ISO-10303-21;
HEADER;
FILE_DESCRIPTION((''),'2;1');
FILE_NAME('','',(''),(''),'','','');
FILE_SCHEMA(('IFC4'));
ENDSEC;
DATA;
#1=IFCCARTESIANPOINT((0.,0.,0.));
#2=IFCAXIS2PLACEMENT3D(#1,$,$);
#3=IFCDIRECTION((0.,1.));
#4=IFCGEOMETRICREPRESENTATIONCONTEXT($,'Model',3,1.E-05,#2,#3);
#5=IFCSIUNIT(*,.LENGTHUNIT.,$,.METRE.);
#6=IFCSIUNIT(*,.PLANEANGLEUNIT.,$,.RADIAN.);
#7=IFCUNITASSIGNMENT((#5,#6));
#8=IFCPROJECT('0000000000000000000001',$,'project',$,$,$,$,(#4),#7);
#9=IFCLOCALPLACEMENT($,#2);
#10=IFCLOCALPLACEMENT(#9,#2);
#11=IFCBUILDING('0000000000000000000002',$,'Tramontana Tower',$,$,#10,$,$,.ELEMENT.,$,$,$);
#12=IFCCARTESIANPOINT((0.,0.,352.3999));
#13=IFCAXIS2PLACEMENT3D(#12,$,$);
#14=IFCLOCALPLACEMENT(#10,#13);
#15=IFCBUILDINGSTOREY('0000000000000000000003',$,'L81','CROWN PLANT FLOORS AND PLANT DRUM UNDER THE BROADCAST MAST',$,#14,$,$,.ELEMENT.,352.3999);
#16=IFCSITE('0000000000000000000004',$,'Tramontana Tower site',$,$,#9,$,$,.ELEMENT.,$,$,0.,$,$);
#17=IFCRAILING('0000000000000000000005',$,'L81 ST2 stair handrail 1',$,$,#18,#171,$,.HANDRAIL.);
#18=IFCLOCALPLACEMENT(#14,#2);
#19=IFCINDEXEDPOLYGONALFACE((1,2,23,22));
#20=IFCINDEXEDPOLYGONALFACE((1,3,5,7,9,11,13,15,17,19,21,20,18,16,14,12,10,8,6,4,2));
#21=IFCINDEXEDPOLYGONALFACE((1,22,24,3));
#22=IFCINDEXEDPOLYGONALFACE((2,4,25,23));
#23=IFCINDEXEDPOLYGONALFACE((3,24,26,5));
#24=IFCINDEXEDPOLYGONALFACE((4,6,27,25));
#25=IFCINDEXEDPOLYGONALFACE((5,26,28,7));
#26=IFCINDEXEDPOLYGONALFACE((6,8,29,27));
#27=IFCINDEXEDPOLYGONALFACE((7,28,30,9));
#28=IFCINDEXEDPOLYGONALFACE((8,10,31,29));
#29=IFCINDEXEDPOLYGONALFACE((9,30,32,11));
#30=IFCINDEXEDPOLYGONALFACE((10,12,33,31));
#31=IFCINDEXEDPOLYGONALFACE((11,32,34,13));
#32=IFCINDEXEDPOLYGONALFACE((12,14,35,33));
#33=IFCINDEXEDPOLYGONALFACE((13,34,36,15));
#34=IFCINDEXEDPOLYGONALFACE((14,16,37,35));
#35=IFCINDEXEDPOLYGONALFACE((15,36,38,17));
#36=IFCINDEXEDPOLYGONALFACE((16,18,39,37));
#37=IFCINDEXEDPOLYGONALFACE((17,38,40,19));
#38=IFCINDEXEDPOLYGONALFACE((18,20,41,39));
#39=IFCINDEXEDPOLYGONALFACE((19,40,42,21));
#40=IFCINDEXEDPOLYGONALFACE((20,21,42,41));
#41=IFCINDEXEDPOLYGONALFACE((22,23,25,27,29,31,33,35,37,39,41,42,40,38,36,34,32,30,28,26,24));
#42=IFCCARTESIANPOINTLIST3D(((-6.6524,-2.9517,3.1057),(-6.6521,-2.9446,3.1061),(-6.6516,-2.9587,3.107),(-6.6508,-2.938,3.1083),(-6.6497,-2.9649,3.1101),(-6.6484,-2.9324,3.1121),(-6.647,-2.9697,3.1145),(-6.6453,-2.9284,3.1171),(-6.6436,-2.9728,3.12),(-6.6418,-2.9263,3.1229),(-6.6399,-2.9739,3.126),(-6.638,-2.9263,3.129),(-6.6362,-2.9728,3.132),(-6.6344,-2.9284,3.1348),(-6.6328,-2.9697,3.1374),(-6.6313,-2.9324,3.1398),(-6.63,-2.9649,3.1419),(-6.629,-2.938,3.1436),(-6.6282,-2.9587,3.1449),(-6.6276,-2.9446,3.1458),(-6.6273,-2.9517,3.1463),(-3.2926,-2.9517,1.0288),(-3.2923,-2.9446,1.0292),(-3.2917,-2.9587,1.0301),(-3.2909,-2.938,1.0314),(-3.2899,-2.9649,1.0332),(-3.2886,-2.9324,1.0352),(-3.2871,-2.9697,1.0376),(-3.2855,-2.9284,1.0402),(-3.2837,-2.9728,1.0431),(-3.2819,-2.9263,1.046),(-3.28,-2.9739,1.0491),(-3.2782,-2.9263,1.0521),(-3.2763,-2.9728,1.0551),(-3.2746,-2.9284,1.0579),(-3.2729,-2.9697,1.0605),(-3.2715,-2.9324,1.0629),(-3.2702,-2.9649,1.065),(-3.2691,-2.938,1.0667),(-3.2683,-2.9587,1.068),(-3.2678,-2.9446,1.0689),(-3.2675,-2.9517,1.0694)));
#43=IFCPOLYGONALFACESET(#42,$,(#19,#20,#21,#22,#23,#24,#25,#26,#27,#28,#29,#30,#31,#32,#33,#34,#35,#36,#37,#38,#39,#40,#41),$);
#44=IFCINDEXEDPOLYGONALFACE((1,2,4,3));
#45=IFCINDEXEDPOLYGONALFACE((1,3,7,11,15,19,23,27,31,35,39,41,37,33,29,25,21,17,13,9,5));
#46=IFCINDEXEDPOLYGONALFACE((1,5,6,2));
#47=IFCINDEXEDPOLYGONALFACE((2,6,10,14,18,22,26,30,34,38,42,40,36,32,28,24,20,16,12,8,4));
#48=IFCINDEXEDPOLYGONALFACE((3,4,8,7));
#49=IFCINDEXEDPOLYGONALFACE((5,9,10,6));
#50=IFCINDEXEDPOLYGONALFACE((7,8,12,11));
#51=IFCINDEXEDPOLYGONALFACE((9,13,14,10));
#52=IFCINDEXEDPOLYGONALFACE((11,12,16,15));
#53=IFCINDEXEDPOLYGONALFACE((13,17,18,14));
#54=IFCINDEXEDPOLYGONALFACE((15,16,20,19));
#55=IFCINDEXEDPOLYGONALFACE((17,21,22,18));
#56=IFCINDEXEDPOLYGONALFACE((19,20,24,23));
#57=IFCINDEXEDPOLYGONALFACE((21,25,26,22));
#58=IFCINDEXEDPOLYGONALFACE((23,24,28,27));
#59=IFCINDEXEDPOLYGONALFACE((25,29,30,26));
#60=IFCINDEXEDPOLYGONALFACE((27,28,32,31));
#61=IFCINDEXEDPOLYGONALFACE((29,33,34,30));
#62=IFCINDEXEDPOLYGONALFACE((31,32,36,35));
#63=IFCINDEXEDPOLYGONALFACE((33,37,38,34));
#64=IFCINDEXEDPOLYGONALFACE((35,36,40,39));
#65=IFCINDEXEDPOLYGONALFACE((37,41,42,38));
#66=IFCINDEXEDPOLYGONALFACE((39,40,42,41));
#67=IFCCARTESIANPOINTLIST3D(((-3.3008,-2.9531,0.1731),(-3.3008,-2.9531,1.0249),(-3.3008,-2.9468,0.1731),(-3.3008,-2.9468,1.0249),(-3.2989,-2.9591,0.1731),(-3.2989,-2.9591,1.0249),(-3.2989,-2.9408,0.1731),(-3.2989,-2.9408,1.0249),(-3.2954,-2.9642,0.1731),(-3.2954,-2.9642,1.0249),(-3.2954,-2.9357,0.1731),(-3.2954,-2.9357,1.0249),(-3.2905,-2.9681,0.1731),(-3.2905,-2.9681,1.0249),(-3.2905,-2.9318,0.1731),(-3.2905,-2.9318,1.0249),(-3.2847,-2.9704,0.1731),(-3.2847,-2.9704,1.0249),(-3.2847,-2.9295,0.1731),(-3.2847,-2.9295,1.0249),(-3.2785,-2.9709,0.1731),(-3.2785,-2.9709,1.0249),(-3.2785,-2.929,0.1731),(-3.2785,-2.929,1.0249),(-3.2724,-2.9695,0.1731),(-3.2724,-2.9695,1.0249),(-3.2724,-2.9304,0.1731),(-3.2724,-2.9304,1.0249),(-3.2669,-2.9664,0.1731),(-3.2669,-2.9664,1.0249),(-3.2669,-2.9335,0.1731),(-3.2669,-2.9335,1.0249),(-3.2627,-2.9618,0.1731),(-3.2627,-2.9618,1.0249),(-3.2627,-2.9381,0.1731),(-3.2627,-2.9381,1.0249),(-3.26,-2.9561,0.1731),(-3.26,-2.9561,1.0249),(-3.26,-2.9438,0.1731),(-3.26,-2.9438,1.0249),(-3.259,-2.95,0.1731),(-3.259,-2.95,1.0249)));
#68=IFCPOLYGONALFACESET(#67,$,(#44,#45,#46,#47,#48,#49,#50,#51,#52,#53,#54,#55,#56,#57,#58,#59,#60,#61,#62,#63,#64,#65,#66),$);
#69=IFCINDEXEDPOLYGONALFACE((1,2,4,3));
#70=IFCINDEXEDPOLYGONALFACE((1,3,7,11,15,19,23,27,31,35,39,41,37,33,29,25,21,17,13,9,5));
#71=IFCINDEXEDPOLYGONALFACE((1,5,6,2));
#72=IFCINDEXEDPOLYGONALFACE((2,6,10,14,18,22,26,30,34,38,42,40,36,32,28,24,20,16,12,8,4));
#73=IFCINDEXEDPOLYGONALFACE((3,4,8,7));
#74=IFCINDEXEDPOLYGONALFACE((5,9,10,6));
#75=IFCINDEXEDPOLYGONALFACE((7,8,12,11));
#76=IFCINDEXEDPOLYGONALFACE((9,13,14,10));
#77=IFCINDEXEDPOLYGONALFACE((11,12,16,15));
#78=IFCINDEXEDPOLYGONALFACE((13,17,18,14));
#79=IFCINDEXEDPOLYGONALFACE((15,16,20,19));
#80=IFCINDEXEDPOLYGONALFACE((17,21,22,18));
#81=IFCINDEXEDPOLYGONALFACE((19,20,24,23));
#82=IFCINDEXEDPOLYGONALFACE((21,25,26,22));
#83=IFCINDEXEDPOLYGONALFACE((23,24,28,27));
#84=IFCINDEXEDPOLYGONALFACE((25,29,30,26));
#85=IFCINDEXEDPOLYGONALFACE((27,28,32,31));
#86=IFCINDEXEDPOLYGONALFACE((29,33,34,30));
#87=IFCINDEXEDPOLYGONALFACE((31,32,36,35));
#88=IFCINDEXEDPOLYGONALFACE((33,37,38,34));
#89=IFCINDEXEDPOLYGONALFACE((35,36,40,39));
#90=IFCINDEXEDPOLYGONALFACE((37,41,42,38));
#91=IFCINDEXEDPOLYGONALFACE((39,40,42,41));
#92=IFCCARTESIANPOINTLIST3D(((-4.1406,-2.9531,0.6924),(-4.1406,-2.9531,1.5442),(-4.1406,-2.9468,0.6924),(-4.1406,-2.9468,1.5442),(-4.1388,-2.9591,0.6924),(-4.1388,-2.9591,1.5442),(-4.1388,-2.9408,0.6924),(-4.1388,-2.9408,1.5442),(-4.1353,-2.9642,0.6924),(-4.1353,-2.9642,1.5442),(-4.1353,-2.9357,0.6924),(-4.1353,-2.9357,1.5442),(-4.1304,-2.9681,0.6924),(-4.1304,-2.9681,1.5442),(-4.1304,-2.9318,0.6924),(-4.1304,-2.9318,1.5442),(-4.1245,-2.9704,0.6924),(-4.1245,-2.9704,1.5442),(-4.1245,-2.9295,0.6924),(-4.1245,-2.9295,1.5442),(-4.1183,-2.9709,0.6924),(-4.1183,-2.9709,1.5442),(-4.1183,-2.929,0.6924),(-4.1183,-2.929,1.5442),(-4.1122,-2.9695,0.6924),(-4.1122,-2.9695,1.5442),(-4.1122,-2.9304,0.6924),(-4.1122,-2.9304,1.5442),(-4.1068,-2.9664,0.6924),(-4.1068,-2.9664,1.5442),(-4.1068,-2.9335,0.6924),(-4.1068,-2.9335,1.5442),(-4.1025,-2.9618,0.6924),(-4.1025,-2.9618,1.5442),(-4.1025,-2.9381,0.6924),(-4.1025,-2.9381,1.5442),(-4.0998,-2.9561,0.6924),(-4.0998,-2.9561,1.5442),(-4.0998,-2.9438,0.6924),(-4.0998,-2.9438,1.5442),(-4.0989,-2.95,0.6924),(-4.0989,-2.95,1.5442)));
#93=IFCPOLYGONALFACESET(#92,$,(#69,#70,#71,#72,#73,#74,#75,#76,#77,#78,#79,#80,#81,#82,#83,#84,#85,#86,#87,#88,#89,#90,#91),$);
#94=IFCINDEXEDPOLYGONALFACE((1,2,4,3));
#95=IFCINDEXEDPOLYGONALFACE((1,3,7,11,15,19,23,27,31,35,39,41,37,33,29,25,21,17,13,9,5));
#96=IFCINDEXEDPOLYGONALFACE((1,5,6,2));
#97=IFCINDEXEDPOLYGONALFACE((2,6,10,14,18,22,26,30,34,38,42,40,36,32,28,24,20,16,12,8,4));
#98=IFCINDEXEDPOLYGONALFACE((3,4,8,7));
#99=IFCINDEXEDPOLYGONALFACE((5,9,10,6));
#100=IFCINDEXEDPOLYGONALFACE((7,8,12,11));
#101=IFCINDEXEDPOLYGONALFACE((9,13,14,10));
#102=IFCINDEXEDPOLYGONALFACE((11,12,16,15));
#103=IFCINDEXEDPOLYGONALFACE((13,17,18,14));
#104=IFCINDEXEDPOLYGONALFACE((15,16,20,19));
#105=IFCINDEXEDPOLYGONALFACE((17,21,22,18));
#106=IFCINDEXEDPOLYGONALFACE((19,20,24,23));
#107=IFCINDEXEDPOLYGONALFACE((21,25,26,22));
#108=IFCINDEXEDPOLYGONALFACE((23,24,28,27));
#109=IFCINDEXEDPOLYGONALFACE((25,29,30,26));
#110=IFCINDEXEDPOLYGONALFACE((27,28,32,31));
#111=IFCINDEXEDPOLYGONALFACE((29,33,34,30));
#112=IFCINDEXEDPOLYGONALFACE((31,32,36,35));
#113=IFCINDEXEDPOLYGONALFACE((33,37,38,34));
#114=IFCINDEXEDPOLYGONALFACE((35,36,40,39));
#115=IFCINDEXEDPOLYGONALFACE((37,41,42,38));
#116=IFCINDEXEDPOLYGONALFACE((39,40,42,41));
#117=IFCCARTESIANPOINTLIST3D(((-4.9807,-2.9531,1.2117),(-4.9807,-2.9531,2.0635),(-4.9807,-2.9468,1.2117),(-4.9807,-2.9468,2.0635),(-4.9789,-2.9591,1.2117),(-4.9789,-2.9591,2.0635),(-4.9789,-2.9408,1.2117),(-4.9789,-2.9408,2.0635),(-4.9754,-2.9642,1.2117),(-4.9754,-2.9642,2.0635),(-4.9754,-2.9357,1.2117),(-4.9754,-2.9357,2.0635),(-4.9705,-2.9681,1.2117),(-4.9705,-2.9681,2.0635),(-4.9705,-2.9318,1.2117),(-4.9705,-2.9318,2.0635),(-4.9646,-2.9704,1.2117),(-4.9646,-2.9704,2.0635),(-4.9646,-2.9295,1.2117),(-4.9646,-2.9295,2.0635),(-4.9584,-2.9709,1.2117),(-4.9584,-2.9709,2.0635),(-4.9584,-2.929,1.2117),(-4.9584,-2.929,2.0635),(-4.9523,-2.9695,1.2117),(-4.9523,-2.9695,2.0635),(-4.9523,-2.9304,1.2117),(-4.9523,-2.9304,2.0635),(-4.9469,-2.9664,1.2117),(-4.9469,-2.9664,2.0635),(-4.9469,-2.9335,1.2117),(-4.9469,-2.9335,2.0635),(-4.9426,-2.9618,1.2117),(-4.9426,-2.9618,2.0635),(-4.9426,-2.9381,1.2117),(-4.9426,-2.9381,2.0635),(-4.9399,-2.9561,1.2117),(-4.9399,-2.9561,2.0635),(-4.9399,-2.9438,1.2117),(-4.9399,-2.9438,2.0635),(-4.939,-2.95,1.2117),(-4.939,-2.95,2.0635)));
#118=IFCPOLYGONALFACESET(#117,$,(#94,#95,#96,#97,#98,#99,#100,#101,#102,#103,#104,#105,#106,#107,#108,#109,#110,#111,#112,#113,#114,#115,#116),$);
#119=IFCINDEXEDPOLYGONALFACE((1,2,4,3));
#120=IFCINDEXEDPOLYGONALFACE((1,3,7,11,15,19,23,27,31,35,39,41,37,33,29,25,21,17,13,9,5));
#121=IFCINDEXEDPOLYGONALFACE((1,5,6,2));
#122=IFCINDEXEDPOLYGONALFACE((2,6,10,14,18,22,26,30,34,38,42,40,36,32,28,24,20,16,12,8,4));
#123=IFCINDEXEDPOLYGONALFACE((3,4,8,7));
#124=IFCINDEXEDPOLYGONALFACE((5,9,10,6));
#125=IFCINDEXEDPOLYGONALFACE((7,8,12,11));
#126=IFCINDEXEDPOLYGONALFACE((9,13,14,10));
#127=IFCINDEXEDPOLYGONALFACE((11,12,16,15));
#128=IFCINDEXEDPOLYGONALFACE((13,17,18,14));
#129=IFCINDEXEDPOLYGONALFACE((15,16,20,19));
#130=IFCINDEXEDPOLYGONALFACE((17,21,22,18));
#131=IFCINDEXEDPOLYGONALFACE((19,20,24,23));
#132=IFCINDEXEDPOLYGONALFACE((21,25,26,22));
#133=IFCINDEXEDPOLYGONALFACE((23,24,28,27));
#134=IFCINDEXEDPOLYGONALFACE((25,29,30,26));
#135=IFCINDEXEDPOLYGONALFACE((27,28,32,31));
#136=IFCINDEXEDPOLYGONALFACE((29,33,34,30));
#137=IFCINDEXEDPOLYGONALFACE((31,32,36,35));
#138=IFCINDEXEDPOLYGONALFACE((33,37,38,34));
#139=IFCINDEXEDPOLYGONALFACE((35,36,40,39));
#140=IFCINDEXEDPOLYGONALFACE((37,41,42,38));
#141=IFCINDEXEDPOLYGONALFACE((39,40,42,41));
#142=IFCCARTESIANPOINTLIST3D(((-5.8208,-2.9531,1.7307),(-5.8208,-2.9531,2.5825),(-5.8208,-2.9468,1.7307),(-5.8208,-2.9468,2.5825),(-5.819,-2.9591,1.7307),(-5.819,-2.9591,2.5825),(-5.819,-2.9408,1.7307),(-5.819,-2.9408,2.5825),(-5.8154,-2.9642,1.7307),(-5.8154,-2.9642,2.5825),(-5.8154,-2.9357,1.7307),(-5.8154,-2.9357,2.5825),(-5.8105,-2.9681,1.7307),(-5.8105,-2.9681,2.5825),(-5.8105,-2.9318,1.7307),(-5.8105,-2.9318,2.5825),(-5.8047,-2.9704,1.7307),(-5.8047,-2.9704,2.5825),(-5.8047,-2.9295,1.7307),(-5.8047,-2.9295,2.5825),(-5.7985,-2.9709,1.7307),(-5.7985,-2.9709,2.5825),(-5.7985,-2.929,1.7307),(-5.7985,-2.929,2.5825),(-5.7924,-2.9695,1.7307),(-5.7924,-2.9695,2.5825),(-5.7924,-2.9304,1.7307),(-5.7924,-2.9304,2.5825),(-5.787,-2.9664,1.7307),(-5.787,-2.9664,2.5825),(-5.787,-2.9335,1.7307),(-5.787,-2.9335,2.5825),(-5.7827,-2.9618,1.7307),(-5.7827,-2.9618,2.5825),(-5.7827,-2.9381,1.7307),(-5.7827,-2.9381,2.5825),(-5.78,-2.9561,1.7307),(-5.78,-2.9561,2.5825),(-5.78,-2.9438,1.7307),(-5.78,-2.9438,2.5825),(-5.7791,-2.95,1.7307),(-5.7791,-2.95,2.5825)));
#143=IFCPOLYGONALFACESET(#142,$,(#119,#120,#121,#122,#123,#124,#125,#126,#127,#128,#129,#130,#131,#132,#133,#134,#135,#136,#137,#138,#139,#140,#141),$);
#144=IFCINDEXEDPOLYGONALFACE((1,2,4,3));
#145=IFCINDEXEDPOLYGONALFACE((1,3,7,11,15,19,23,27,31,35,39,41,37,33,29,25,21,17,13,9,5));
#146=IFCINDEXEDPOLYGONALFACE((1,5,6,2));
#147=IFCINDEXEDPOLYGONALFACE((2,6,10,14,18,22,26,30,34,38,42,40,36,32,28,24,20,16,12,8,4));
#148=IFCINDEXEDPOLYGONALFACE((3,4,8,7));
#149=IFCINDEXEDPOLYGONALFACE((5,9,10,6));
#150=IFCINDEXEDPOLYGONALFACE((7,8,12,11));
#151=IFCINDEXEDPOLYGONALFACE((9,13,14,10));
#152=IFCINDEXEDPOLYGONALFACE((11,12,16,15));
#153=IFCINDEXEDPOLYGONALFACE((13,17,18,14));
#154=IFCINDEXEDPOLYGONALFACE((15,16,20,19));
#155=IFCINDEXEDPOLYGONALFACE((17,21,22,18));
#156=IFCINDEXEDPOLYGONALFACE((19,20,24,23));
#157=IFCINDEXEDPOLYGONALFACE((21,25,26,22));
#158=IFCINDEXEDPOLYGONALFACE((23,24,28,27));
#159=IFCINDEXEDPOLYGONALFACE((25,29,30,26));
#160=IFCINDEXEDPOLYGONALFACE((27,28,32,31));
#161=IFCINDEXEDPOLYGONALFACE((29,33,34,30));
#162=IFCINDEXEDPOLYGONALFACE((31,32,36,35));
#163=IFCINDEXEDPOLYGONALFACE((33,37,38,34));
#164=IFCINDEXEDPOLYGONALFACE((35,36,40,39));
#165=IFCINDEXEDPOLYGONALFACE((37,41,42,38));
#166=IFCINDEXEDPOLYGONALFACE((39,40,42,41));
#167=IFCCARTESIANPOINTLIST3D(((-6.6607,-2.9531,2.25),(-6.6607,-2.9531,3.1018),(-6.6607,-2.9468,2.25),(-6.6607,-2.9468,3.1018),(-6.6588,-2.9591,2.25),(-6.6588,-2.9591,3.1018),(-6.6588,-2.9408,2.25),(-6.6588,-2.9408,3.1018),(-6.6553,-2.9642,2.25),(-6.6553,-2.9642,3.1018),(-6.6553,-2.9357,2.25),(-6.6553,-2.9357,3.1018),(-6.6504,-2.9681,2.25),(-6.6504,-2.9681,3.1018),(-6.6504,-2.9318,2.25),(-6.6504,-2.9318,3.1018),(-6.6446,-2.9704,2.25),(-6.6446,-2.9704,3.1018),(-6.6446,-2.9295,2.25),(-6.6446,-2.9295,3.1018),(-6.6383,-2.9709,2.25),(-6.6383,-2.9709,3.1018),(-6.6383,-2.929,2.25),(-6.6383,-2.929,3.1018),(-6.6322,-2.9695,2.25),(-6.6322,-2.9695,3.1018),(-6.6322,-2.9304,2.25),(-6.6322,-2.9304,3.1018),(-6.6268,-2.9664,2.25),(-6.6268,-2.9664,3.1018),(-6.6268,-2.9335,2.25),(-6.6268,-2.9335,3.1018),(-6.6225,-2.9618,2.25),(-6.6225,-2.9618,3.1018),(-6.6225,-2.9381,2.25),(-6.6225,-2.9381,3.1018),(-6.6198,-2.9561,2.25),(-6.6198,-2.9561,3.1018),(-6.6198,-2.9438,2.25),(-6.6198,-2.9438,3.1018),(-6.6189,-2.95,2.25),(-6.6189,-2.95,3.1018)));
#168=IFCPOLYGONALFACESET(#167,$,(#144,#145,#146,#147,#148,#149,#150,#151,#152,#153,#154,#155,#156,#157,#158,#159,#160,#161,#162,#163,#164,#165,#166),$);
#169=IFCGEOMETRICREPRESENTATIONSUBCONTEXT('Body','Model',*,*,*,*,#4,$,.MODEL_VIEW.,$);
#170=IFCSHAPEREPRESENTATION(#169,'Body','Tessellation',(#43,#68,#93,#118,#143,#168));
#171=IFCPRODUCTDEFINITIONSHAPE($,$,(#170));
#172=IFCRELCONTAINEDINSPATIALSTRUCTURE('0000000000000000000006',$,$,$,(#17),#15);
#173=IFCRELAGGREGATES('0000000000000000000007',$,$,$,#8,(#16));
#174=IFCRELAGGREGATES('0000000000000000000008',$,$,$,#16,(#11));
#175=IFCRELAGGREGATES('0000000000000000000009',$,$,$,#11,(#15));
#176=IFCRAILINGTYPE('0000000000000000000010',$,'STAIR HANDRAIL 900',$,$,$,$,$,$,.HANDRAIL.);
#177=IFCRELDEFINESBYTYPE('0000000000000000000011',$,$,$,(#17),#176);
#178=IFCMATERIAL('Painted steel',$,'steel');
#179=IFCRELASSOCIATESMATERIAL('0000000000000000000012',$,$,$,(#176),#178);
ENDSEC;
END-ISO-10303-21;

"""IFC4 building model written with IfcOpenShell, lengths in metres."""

from ifc_helpers import new_model, si_unit, direction, frame, origin, origin_2d, place, context, subcontext, project, spatial, circle, extrude, material, type_object, element, save


model = new_model("IFC4")

# Units and contexts
model_context = context("Model", 3, precision=1e-05, world=origin(), true_north=direction((0.0, 1.0)))
body_context = subcontext(model_context, "Body", "Model", "MODEL_VIEW")
ifc_project = project(units=[si_unit("LENGTHUNIT", "METRE"), si_unit("PLANEANGLEUNIT", "RADIAN")], contexts=[model_context])

# Site, building, storey
site_placement = place(None, origin())
site = spatial("IfcSite", under=ifc_project, at=site_placement, Name="Tramontana Tower site", CompositionType="ELEMENT", RefElevation=0.0)
building_placement = place(site_placement, origin())
building = spatial("IfcBuilding", under=site, at=building_placement, Name="Tramontana Tower", CompositionType="ELEMENT")
storey_placement = place(building_placement, frame((0.0, 0.0, 352.3999)))
storey = spatial("IfcBuildingStorey", under=building, at=storey_placement, Name="L81", Description="CROWN PLANT FLOORS AND PLANT DRUM UNDER THE BROADCAST MAST", CompositionType="ELEMENT", Elevation=352.3999)

# Railing
ifc_material_1 = material(Name="Painted steel", Category="steel")
railing_type_1 = type_object("IfcRailingType", Name="STAIR HANDRAIL 900", PredefinedType="HANDRAIL", material=ifc_material_1)
railing_1_placement = place(storey_placement, frame((-3.28, -2.95, 0.1731)))
element("IfcRailing", 1, at=railing_1_placement, inside=storey, type_object=railing_type_1, Name="L81 ST2 stair handrail 1", PredefinedType="HANDRAIL", context=body_context, shape_type="SweptSolid", body=[
    extrude(circle(Radius=0.0239, at=origin_2d()), frame((0.0, 0.0, 0.876), z_axis=(-0.850606, 0.0, 0.525803), x_axis=(0.0, -1.0, 0.0)), (0.0, 0.0, 1.0), 3.95),
    extrude(circle(Radius=0.021, at=origin_2d()), origin(), (0.0, 0.0, 1.0), 0.8518),
    extrude(circle(Radius=0.021, at=origin_2d()), frame((-0.8398, 0.0, 0.5193)), (0.0, 0.0, 1.0), 0.8518),
    extrude(circle(Radius=0.021, at=origin_2d()), frame((-1.6799, 0.0, 1.0386)), (0.0, 0.0, 1.0), 0.8518),
    extrude(circle(Radius=0.021, at=origin_2d()), frame((-2.52, 0.0, 1.5576)), (0.0, 0.0, 1.0), 0.8518),
    extrude(circle(Radius=0.021, at=origin_2d()), frame((-3.3599, 0.0, 2.0769)), (0.0, 0.0, 1.0), 0.8518),
])

save(model, "model.ifc")
